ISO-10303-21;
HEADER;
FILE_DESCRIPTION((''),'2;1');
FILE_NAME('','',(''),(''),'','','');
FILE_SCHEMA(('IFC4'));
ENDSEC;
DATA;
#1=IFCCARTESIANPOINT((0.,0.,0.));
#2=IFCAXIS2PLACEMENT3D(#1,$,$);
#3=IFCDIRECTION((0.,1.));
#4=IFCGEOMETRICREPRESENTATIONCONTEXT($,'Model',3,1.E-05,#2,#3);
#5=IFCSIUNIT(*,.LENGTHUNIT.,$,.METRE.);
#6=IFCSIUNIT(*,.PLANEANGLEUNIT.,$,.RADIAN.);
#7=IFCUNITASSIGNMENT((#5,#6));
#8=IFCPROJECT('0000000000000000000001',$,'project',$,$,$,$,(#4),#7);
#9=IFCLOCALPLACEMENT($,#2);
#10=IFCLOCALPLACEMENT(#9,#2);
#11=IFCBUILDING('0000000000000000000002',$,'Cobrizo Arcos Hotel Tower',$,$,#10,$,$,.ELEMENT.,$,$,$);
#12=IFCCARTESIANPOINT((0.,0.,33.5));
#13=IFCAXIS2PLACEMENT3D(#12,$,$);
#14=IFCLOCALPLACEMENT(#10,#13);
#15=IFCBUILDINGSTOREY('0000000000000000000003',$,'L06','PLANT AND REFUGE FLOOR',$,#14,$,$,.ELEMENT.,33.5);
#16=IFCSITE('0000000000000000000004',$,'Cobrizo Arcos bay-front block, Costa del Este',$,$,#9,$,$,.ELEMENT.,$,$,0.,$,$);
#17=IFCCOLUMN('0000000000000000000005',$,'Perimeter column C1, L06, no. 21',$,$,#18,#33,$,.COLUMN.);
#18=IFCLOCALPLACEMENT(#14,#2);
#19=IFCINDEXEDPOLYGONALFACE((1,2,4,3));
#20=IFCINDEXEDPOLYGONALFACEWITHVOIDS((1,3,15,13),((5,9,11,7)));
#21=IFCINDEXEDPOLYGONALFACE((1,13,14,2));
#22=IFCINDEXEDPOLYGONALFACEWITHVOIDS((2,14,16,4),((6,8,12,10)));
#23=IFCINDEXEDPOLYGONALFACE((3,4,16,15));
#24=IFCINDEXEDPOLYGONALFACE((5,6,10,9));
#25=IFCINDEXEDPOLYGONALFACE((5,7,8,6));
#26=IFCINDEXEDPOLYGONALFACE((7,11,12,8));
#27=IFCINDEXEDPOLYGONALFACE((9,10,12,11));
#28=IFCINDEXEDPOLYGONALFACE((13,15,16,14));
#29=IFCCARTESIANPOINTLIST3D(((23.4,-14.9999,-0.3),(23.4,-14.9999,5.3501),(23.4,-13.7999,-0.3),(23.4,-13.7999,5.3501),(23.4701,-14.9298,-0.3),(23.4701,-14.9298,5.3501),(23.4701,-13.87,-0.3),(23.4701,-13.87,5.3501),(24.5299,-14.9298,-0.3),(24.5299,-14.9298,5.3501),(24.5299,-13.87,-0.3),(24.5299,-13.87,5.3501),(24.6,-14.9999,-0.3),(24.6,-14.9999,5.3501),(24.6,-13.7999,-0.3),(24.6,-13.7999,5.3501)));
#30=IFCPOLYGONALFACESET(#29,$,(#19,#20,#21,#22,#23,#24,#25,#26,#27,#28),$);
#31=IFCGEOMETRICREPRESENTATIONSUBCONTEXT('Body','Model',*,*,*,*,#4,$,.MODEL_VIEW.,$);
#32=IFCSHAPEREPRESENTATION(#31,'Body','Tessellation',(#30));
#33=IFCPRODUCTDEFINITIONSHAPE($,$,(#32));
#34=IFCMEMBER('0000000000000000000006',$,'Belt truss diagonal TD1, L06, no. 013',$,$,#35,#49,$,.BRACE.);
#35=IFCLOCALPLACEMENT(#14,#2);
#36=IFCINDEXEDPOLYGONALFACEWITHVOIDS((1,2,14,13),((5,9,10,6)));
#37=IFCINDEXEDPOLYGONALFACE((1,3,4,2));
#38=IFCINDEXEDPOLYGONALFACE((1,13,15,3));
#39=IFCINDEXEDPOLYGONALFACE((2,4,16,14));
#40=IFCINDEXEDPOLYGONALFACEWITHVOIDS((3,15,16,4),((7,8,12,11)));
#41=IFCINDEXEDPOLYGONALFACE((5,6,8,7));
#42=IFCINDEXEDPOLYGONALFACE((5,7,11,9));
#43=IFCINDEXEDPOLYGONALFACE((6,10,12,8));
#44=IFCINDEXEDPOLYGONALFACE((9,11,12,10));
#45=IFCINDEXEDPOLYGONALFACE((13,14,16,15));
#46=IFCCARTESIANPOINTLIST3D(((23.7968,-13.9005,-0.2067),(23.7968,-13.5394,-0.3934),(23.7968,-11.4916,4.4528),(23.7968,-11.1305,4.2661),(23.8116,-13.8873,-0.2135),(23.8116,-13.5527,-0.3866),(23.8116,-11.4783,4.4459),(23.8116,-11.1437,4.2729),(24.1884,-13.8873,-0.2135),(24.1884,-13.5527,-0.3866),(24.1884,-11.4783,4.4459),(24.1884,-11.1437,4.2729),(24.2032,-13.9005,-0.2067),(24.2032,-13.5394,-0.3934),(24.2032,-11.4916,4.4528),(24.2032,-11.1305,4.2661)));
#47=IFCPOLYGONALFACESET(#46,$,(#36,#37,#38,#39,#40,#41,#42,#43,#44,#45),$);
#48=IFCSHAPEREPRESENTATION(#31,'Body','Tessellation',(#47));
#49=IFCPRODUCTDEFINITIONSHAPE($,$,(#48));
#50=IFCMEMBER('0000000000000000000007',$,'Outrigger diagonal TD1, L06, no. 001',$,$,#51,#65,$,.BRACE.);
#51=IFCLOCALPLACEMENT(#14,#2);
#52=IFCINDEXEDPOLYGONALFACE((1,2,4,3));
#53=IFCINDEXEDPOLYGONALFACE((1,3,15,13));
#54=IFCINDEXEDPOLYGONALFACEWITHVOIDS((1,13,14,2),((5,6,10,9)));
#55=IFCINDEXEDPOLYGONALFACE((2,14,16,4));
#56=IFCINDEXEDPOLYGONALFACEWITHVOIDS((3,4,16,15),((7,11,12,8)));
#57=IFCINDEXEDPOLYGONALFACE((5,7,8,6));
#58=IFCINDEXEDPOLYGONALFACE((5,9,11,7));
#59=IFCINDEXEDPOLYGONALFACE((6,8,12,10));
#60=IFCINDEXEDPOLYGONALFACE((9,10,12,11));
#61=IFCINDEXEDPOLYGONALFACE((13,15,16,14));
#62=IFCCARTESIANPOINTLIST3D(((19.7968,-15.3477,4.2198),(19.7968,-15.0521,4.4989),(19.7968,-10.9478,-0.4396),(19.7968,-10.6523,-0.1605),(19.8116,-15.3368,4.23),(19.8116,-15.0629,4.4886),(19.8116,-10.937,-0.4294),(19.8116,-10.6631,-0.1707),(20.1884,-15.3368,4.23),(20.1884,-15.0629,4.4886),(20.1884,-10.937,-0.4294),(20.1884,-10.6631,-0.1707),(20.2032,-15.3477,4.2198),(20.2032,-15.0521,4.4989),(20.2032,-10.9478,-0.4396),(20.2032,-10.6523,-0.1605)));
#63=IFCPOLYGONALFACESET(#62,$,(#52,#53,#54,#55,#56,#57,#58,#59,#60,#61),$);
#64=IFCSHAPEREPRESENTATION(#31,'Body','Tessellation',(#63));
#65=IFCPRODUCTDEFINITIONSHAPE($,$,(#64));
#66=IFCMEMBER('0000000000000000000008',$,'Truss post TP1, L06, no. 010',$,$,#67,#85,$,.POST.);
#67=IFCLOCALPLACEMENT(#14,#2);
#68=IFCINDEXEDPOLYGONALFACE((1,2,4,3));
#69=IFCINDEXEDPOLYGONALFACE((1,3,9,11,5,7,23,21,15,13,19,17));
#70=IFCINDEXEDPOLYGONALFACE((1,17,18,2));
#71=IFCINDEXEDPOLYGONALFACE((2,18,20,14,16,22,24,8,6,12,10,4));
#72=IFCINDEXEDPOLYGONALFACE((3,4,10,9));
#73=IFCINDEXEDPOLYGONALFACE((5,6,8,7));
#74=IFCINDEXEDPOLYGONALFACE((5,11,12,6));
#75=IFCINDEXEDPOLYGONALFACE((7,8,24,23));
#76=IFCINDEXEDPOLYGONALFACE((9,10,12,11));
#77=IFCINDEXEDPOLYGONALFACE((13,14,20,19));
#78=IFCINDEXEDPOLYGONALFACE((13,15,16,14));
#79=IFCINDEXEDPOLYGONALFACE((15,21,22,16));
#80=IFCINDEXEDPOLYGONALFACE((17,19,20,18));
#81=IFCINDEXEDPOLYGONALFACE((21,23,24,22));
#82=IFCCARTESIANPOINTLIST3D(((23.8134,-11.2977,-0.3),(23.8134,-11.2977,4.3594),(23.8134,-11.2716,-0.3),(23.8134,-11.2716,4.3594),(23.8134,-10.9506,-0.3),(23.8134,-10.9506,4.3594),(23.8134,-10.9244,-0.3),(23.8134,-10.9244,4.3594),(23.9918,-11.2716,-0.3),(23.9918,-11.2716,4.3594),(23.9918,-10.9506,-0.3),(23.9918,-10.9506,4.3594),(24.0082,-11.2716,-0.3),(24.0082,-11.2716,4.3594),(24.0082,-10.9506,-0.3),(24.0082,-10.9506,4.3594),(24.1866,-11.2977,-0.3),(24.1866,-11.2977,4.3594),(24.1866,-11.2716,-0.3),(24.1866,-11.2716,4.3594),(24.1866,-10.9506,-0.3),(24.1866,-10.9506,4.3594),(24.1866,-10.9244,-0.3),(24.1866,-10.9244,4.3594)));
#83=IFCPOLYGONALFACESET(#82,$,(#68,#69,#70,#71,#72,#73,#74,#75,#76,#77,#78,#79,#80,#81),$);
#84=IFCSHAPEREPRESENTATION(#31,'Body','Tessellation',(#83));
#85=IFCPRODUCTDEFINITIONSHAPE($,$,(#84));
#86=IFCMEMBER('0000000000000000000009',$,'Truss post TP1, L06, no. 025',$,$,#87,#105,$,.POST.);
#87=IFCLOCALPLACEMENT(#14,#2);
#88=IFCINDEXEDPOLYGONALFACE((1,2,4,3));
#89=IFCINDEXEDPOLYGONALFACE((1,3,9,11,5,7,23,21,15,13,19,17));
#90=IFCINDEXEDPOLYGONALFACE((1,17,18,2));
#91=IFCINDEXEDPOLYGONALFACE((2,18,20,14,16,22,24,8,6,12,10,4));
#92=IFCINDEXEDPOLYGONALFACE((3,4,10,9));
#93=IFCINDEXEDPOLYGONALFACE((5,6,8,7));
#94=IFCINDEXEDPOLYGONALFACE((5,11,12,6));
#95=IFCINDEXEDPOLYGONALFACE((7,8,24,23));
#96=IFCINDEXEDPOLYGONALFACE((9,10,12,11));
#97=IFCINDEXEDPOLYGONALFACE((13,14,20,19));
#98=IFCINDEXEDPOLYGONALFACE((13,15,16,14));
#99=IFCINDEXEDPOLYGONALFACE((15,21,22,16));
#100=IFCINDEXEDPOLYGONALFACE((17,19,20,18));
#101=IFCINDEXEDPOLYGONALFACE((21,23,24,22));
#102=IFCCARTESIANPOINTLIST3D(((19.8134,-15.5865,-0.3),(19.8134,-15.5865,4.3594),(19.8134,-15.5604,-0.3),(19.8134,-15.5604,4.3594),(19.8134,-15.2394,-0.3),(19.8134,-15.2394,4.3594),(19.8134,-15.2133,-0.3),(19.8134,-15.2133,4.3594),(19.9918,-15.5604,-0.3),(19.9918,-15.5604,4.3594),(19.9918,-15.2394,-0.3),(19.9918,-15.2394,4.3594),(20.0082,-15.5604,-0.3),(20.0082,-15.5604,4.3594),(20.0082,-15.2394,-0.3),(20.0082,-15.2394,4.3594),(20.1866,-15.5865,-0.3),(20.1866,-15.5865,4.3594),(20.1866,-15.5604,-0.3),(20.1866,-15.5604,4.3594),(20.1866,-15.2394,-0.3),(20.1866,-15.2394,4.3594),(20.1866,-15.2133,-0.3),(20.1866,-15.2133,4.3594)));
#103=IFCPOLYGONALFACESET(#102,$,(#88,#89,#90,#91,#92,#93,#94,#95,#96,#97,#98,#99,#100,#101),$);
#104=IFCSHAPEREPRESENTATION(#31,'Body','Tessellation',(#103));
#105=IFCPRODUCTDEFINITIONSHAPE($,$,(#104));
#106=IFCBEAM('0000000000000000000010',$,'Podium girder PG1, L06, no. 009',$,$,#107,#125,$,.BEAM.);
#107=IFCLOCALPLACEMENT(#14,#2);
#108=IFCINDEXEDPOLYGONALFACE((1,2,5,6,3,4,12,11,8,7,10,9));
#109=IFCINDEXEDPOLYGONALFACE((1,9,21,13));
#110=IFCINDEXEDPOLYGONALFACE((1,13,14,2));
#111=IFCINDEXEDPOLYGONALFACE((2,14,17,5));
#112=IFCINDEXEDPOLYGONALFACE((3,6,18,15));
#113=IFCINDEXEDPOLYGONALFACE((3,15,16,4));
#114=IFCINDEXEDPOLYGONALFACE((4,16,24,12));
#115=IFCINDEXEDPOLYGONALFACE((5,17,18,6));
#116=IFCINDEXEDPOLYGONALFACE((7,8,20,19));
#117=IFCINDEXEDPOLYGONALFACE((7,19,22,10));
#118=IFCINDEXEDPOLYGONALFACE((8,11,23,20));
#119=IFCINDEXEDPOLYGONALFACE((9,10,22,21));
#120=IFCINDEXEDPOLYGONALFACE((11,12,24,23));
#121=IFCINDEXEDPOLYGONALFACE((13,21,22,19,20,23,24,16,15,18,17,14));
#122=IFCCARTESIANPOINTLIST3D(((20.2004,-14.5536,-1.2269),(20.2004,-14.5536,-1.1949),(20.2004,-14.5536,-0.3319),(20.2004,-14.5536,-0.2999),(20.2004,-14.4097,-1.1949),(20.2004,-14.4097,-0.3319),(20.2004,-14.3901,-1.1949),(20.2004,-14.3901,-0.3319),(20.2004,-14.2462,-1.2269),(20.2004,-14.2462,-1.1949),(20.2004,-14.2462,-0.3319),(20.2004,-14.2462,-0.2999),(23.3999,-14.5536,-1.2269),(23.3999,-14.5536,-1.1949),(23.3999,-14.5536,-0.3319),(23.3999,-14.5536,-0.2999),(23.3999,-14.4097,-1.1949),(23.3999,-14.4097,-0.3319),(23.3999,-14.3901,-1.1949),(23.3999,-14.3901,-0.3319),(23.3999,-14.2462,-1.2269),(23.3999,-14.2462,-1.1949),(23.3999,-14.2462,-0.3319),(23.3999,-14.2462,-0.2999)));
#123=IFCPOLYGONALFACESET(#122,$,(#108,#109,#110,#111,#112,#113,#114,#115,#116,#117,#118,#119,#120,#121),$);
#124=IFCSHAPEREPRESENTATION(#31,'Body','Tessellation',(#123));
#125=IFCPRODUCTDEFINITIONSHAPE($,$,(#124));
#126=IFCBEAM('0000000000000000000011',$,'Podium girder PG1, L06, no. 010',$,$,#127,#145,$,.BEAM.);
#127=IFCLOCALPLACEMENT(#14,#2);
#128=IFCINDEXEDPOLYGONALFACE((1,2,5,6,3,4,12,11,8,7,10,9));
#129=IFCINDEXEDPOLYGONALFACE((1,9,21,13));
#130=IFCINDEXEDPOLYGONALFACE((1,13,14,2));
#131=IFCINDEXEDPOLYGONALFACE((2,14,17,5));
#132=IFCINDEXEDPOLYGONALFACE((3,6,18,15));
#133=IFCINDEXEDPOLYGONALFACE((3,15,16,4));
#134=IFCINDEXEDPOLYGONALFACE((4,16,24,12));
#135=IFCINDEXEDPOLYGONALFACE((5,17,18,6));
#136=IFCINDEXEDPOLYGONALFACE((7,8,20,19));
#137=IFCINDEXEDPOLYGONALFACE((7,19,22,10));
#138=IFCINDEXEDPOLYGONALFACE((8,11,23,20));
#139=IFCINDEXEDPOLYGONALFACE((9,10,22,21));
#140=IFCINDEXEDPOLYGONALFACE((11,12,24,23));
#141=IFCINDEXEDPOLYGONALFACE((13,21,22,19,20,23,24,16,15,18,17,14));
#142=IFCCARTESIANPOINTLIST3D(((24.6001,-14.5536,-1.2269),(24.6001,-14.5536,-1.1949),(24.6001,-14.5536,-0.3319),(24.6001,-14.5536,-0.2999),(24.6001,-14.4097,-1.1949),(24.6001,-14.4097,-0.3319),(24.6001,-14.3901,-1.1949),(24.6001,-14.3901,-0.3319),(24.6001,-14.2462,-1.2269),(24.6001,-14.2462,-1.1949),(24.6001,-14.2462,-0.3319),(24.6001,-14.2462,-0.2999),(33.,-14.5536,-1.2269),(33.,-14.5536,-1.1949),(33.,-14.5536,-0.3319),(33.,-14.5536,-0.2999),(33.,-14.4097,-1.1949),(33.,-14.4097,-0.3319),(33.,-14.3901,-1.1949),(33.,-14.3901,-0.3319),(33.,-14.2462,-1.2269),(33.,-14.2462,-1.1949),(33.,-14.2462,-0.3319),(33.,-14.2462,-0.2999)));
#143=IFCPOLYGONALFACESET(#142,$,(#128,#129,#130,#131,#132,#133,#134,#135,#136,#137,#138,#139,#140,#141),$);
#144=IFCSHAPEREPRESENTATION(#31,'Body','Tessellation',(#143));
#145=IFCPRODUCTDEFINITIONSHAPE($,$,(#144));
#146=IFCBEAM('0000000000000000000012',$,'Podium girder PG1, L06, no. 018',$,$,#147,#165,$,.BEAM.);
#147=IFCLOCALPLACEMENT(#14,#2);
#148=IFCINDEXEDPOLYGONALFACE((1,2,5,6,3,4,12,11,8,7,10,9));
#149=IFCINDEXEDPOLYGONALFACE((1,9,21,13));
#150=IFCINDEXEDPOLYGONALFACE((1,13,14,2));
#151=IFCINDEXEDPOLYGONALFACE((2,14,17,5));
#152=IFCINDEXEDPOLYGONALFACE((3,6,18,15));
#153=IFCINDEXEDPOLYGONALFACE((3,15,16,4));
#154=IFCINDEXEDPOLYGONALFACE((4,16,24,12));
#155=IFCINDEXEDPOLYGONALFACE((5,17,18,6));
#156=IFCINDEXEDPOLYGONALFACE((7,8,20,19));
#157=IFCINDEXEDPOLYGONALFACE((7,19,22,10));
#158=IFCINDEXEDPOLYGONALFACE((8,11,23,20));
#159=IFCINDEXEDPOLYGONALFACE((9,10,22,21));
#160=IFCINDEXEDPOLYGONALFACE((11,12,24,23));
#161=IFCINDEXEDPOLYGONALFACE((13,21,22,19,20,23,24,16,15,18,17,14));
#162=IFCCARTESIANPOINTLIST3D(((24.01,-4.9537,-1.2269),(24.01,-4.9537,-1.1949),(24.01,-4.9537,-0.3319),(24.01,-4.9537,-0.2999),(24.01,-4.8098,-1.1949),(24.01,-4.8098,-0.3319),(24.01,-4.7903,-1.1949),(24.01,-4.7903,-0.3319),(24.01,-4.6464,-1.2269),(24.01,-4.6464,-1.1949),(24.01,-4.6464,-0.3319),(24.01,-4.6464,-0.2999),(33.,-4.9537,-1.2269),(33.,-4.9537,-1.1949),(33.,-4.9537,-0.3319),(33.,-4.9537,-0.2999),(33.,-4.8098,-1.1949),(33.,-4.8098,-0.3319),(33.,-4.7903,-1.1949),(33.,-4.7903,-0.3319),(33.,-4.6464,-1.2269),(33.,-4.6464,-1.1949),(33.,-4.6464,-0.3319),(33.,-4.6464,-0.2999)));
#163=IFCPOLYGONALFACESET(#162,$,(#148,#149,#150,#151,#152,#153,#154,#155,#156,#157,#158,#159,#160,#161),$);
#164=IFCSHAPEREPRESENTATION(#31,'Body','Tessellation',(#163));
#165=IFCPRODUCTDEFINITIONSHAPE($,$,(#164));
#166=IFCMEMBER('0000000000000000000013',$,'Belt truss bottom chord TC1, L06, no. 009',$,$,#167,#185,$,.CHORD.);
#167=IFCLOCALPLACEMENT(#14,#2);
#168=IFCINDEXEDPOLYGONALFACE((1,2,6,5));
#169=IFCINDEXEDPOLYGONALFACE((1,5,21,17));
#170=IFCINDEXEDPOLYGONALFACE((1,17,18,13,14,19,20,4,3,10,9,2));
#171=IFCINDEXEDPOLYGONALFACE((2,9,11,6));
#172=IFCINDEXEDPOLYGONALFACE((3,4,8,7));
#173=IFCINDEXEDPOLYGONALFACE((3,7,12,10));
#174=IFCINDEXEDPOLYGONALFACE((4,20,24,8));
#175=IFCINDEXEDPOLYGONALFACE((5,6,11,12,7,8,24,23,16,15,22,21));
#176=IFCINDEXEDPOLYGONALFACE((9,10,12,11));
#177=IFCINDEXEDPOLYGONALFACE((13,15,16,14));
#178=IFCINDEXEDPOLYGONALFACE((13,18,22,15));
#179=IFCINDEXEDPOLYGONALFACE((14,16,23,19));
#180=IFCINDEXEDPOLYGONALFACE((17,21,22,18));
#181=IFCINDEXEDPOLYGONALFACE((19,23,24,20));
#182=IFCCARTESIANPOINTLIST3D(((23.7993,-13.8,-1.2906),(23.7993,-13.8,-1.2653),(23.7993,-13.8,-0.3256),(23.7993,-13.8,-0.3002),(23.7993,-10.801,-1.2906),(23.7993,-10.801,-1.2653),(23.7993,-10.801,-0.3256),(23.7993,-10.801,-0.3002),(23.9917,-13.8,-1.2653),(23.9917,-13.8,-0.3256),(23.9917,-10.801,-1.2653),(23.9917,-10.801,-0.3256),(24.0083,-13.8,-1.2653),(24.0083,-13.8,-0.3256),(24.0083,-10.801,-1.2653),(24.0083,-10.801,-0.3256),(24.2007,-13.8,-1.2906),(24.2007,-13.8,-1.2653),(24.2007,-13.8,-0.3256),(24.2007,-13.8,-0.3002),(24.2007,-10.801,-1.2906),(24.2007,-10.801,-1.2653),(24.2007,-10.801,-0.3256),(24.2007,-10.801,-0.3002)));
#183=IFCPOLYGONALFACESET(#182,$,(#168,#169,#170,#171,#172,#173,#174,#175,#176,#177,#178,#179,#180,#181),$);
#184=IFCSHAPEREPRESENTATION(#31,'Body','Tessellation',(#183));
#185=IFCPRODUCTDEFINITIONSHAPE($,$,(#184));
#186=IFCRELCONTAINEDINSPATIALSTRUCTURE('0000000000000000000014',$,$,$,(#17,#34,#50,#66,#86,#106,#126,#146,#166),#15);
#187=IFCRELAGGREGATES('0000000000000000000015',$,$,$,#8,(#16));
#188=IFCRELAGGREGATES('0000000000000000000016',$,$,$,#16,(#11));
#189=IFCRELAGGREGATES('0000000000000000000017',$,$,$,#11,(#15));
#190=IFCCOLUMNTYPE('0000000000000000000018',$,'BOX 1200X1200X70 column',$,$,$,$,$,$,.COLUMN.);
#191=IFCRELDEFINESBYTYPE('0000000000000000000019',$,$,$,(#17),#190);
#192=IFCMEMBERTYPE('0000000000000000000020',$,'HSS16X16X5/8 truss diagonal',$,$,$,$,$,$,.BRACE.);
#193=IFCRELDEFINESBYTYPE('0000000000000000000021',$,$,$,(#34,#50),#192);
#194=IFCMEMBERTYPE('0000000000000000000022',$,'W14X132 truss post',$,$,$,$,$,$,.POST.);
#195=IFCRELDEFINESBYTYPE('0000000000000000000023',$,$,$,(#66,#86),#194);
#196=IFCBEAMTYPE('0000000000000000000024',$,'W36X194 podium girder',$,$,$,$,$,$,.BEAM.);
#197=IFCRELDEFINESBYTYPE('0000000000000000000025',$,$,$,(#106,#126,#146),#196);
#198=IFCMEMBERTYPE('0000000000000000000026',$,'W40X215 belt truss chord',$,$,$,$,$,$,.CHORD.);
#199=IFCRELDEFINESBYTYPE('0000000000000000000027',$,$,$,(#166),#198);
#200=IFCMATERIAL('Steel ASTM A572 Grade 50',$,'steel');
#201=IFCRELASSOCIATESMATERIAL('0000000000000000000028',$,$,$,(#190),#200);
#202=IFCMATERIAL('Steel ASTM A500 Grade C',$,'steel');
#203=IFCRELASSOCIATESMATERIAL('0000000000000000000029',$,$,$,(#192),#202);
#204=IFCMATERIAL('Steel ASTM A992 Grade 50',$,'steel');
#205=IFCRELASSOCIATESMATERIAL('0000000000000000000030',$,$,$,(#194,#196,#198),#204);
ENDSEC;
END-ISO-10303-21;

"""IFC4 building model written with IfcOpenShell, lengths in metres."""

from ifc_helpers import new_model, si_unit, direction, frame, origin, origin_2d, place, context, subcontext, project, spatial, hollow_rectangle, i_section, extrude, material, material_profile, profile_set, type_object, element, save


model = new_model("IFC4")

# Units and contexts
model_context = context("Model", 3, precision=1e-05, world=origin(), true_north=direction((0.0, 1.0)))
body_context = subcontext(model_context, "Body", "Model", "MODEL_VIEW")
ifc_project = project(units=[si_unit("LENGTHUNIT", "METRE"), si_unit("PLANEANGLEUNIT", "RADIAN")], contexts=[model_context])

# Site, building, storey
site_placement = place(None, origin())
site = spatial("IfcSite", under=ifc_project, at=site_placement, Name="Cobrizo Arcos bay-front block, Costa del Este", CompositionType="ELEMENT", RefElevation=0.0)
building_placement = place(site_placement, origin())
building = spatial("IfcBuilding", under=site, at=building_placement, Name="Cobrizo Arcos Hotel Tower", CompositionType="ELEMENT")
storey_placement = place(building_placement, frame((0.0, 0.0, 33.5)))
storey = spatial("IfcBuildingStorey", under=building, at=storey_placement, Name="L06", Description="PLANT AND REFUGE FLOOR", CompositionType="ELEMENT", Elevation=33.5)

# Column
ifc_material_1 = material(Name="Steel ASTM A572 Grade 50", Category="steel")
ifc_material_profile_1 = material_profile(ifc_material_1, hollow_rectangle(XDim=1.2, YDim=1.2, WallThickness=0.0701, at=origin_2d()), Name="BOX 1200X1200X70")
ifc_profile_set_1 = profile_set([ifc_material_profile_1], Name="Steel ASTM A572 Grade 50")
column_type = type_object("IfcColumnType", Name="BOX 1200X1200X70 column", PredefinedType="COLUMN", material=ifc_profile_set_1)
column_placement = place(storey_placement, frame((24.0, -14.3999, -0.3), z_axis=(0.0, 0.0, 1.0), x_axis=(1.0, 0.0, 0.0)))
element("IfcColumn", 1, at=column_placement, inside=storey, type_object=column_type, Name="Perimeter column C1, L06, no. 21", PredefinedType="COLUMN", context=body_context, shape_type="SweptSolid", body=[
    extrude(hollow_rectangle(XDim=1.2, YDim=1.2, WallThickness=0.0701, at=origin_2d()), origin(), (0.0, 0.0, 1.0), 5.6501),
])

# Members
ifc_material_2 = material(Name="Steel ASTM A500 Grade C", Category="steel")
ifc_material_profile_2 = material_profile(ifc_material_2, hollow_rectangle(XDim=0.4065, YDim=0.4065, WallThickness=0.0149, at=origin_2d()), Name="HSS16X16X5/8")
ifc_profile_set_2 = profile_set([ifc_material_profile_2], Name="Steel ASTM A500 Grade C")
member_type_1 = type_object("IfcMemberType", Name="HSS16X16X5/8 truss diagonal", PredefinedType="BRACE", material=ifc_profile_set_2)
member_1_placement = place(storey_placement, frame((24.0, -13.72, -0.3), z_axis=(0.0, 0.459256, 0.888304), x_axis=(-1.0, 0.0, 0.0)))
element("IfcMember", 2, at=member_1_placement, inside=storey, type_object=member_type_1, Name="Belt truss diagonal TD1, L06, no. 013", PredefinedType="BRACE", context=body_context, shape_type="SweptSolid", body=[
    extrude(hollow_rectangle(XDim=0.4065, YDim=0.4065, WallThickness=0.0149, at=origin_2d()), origin(), (0.0, 0.0, 1.0), 5.2454),
])
member_2_placement = place(storey_placement, frame((20.0, -10.8, -0.3), z_axis=(0.0, -0.686569, 0.727065), x_axis=(1.0, 0.0, 0.0)))
element("IfcMember", 3, at=member_2_placement, inside=storey, type_object=member_type_1, Name="Outrigger diagonal TD1, L06, no. 001", PredefinedType="BRACE", context=body_context, shape_type="SweptSolid", body=[
    extrude(hollow_rectangle(XDim=0.4065, YDim=0.4065, WallThickness=0.0149, at=origin_2d()), origin(), (0.0, 0.0, 1.0), 6.4084),
])
ifc_material_3 = material(Name="Steel ASTM A992 Grade 50", Category="steel")
ifc_material_profile_3 = material_profile(ifc_material_3, i_section(OverallWidth=0.3733, OverallDepth=0.3733, WebThickness=0.0164, FlangeThickness=0.0261, at=origin_2d()), Name="W14X132")
ifc_profile_set_3 = profile_set([ifc_material_profile_3], Name="Steel ASTM A992 Grade 50")
member_type_2 = type_object("IfcMemberType", Name="W14X132 truss post", PredefinedType="POST", material=ifc_profile_set_3)
for number, where, z_axis, x_axis, name in (
    (4, (24.0, -11.1111, -0.3), (0.0, 0.0, 1.0), (1.0, 0.0, 0.0), "Truss post TP1, L06, no. 010"),
    (5, (20.0, -15.3999, -0.3), (0.0, 0.0, 1.0), (1.0, 0.0, 0.0), "Truss post TP1, L06, no. 025"),
):
    element("IfcMember", number, at=place(storey_placement, frame(where, z_axis=z_axis, x_axis=x_axis)), inside=storey, type_object=member_type_2, Name=name, PredefinedType="POST", context=body_context, shape_type="SweptSolid", body=[
        extrude(i_section(OverallWidth=0.3733, OverallDepth=0.3733, WebThickness=0.0164, FlangeThickness=0.0261, at=origin_2d()), origin(), (0.0, 0.0, 1.0), 4.6594),
    ])

# Beams
ifc_material_profile_4 = material_profile(ifc_material_3, i_section(OverallWidth=0.3074, OverallDepth=0.927, WebThickness=0.0195, FlangeThickness=0.032, at=origin_2d()), Name="W36X194")
ifc_profile_set_4 = profile_set([ifc_material_profile_4], Name="Steel ASTM A992 Grade 50")
beam_type = type_object("IfcBeamType", Name="W36X194 podium girder", PredefinedType="BEAM", material=ifc_profile_set_4)
beam_1_placement = place(storey_placement, frame((20.2004, -14.3999, -0.7634), z_axis=(1.0, 0.0, 0.0), x_axis=(0.0, 1.0, 0.0)))
element("IfcBeam", 6, at=beam_1_placement, inside=storey, type_object=beam_type, Name="Podium girder PG1, L06, no. 009", PredefinedType="BEAM", context=body_context, shape_type="SweptSolid", body=[
    extrude(i_section(OverallWidth=0.3074, OverallDepth=0.927, WebThickness=0.0195, FlangeThickness=0.032, at=origin_2d()), origin(), (0.0, 0.0, 1.0), 3.1995),
])
beam_2_placement = place(storey_placement, frame((24.6001, -14.3999, -0.7634), z_axis=(1.0, 0.0, 0.0), x_axis=(0.0, 1.0, 0.0)))
element("IfcBeam", 7, at=beam_2_placement, inside=storey, type_object=beam_type, Name="Podium girder PG1, L06, no. 010", PredefinedType="BEAM", context=body_context, shape_type="SweptSolid", body=[
    extrude(i_section(OverallWidth=0.3074, OverallDepth=0.927, WebThickness=0.0195, FlangeThickness=0.032, at=origin_2d()), origin(), (0.0, 0.0, 1.0), 8.3999),
])
beam_3_placement = place(storey_placement, frame((24.01, -4.8, -0.7634), z_axis=(1.0, 0.0, 0.0), x_axis=(0.0, 1.0, 0.0)))
element("IfcBeam", 8, at=beam_3_placement, inside=storey, type_object=beam_type, Name="Podium girder PG1, L06, no. 018", PredefinedType="BEAM", context=body_context, shape_type="SweptSolid", body=[
    extrude(i_section(OverallWidth=0.3074, OverallDepth=0.927, WebThickness=0.0195, FlangeThickness=0.032, at=origin_2d()), origin(), (0.0, 0.0, 1.0), 8.99),
])

# Member
ifc_material_profile_5 = material_profile(ifc_material_3, i_section(OverallWidth=0.4014, OverallDepth=0.9905, WebThickness=0.0166, FlangeThickness=0.0254, at=origin_2d()), Name="W40X215")
ifc_profile_set_5 = profile_set([ifc_material_profile_5], Name="Steel ASTM A992 Grade 50")
member_type_3 = type_object("IfcMemberType", Name="W40X215 belt truss chord", PredefinedType="CHORD", material=ifc_profile_set_5)
member_3_placement = place(storey_placement, frame((24.0, -13.8, -0.7954), z_axis=(0.0, 1.0, 0.0), x_axis=(-1.0, 0.0, 0.0)))
element("IfcMember", 9, at=member_3_placement, inside=storey, type_object=member_type_3, Name="Belt truss bottom chord TC1, L06, no. 009", PredefinedType="CHORD", context=body_context, shape_type="SweptSolid", body=[
    extrude(i_section(OverallWidth=0.4014, OverallDepth=0.9905, WebThickness=0.0166, FlangeThickness=0.0254, at=origin_2d()), origin(), (0.0, 0.0, 1.0), 2.999),
])

save(model, "model.ifc")
